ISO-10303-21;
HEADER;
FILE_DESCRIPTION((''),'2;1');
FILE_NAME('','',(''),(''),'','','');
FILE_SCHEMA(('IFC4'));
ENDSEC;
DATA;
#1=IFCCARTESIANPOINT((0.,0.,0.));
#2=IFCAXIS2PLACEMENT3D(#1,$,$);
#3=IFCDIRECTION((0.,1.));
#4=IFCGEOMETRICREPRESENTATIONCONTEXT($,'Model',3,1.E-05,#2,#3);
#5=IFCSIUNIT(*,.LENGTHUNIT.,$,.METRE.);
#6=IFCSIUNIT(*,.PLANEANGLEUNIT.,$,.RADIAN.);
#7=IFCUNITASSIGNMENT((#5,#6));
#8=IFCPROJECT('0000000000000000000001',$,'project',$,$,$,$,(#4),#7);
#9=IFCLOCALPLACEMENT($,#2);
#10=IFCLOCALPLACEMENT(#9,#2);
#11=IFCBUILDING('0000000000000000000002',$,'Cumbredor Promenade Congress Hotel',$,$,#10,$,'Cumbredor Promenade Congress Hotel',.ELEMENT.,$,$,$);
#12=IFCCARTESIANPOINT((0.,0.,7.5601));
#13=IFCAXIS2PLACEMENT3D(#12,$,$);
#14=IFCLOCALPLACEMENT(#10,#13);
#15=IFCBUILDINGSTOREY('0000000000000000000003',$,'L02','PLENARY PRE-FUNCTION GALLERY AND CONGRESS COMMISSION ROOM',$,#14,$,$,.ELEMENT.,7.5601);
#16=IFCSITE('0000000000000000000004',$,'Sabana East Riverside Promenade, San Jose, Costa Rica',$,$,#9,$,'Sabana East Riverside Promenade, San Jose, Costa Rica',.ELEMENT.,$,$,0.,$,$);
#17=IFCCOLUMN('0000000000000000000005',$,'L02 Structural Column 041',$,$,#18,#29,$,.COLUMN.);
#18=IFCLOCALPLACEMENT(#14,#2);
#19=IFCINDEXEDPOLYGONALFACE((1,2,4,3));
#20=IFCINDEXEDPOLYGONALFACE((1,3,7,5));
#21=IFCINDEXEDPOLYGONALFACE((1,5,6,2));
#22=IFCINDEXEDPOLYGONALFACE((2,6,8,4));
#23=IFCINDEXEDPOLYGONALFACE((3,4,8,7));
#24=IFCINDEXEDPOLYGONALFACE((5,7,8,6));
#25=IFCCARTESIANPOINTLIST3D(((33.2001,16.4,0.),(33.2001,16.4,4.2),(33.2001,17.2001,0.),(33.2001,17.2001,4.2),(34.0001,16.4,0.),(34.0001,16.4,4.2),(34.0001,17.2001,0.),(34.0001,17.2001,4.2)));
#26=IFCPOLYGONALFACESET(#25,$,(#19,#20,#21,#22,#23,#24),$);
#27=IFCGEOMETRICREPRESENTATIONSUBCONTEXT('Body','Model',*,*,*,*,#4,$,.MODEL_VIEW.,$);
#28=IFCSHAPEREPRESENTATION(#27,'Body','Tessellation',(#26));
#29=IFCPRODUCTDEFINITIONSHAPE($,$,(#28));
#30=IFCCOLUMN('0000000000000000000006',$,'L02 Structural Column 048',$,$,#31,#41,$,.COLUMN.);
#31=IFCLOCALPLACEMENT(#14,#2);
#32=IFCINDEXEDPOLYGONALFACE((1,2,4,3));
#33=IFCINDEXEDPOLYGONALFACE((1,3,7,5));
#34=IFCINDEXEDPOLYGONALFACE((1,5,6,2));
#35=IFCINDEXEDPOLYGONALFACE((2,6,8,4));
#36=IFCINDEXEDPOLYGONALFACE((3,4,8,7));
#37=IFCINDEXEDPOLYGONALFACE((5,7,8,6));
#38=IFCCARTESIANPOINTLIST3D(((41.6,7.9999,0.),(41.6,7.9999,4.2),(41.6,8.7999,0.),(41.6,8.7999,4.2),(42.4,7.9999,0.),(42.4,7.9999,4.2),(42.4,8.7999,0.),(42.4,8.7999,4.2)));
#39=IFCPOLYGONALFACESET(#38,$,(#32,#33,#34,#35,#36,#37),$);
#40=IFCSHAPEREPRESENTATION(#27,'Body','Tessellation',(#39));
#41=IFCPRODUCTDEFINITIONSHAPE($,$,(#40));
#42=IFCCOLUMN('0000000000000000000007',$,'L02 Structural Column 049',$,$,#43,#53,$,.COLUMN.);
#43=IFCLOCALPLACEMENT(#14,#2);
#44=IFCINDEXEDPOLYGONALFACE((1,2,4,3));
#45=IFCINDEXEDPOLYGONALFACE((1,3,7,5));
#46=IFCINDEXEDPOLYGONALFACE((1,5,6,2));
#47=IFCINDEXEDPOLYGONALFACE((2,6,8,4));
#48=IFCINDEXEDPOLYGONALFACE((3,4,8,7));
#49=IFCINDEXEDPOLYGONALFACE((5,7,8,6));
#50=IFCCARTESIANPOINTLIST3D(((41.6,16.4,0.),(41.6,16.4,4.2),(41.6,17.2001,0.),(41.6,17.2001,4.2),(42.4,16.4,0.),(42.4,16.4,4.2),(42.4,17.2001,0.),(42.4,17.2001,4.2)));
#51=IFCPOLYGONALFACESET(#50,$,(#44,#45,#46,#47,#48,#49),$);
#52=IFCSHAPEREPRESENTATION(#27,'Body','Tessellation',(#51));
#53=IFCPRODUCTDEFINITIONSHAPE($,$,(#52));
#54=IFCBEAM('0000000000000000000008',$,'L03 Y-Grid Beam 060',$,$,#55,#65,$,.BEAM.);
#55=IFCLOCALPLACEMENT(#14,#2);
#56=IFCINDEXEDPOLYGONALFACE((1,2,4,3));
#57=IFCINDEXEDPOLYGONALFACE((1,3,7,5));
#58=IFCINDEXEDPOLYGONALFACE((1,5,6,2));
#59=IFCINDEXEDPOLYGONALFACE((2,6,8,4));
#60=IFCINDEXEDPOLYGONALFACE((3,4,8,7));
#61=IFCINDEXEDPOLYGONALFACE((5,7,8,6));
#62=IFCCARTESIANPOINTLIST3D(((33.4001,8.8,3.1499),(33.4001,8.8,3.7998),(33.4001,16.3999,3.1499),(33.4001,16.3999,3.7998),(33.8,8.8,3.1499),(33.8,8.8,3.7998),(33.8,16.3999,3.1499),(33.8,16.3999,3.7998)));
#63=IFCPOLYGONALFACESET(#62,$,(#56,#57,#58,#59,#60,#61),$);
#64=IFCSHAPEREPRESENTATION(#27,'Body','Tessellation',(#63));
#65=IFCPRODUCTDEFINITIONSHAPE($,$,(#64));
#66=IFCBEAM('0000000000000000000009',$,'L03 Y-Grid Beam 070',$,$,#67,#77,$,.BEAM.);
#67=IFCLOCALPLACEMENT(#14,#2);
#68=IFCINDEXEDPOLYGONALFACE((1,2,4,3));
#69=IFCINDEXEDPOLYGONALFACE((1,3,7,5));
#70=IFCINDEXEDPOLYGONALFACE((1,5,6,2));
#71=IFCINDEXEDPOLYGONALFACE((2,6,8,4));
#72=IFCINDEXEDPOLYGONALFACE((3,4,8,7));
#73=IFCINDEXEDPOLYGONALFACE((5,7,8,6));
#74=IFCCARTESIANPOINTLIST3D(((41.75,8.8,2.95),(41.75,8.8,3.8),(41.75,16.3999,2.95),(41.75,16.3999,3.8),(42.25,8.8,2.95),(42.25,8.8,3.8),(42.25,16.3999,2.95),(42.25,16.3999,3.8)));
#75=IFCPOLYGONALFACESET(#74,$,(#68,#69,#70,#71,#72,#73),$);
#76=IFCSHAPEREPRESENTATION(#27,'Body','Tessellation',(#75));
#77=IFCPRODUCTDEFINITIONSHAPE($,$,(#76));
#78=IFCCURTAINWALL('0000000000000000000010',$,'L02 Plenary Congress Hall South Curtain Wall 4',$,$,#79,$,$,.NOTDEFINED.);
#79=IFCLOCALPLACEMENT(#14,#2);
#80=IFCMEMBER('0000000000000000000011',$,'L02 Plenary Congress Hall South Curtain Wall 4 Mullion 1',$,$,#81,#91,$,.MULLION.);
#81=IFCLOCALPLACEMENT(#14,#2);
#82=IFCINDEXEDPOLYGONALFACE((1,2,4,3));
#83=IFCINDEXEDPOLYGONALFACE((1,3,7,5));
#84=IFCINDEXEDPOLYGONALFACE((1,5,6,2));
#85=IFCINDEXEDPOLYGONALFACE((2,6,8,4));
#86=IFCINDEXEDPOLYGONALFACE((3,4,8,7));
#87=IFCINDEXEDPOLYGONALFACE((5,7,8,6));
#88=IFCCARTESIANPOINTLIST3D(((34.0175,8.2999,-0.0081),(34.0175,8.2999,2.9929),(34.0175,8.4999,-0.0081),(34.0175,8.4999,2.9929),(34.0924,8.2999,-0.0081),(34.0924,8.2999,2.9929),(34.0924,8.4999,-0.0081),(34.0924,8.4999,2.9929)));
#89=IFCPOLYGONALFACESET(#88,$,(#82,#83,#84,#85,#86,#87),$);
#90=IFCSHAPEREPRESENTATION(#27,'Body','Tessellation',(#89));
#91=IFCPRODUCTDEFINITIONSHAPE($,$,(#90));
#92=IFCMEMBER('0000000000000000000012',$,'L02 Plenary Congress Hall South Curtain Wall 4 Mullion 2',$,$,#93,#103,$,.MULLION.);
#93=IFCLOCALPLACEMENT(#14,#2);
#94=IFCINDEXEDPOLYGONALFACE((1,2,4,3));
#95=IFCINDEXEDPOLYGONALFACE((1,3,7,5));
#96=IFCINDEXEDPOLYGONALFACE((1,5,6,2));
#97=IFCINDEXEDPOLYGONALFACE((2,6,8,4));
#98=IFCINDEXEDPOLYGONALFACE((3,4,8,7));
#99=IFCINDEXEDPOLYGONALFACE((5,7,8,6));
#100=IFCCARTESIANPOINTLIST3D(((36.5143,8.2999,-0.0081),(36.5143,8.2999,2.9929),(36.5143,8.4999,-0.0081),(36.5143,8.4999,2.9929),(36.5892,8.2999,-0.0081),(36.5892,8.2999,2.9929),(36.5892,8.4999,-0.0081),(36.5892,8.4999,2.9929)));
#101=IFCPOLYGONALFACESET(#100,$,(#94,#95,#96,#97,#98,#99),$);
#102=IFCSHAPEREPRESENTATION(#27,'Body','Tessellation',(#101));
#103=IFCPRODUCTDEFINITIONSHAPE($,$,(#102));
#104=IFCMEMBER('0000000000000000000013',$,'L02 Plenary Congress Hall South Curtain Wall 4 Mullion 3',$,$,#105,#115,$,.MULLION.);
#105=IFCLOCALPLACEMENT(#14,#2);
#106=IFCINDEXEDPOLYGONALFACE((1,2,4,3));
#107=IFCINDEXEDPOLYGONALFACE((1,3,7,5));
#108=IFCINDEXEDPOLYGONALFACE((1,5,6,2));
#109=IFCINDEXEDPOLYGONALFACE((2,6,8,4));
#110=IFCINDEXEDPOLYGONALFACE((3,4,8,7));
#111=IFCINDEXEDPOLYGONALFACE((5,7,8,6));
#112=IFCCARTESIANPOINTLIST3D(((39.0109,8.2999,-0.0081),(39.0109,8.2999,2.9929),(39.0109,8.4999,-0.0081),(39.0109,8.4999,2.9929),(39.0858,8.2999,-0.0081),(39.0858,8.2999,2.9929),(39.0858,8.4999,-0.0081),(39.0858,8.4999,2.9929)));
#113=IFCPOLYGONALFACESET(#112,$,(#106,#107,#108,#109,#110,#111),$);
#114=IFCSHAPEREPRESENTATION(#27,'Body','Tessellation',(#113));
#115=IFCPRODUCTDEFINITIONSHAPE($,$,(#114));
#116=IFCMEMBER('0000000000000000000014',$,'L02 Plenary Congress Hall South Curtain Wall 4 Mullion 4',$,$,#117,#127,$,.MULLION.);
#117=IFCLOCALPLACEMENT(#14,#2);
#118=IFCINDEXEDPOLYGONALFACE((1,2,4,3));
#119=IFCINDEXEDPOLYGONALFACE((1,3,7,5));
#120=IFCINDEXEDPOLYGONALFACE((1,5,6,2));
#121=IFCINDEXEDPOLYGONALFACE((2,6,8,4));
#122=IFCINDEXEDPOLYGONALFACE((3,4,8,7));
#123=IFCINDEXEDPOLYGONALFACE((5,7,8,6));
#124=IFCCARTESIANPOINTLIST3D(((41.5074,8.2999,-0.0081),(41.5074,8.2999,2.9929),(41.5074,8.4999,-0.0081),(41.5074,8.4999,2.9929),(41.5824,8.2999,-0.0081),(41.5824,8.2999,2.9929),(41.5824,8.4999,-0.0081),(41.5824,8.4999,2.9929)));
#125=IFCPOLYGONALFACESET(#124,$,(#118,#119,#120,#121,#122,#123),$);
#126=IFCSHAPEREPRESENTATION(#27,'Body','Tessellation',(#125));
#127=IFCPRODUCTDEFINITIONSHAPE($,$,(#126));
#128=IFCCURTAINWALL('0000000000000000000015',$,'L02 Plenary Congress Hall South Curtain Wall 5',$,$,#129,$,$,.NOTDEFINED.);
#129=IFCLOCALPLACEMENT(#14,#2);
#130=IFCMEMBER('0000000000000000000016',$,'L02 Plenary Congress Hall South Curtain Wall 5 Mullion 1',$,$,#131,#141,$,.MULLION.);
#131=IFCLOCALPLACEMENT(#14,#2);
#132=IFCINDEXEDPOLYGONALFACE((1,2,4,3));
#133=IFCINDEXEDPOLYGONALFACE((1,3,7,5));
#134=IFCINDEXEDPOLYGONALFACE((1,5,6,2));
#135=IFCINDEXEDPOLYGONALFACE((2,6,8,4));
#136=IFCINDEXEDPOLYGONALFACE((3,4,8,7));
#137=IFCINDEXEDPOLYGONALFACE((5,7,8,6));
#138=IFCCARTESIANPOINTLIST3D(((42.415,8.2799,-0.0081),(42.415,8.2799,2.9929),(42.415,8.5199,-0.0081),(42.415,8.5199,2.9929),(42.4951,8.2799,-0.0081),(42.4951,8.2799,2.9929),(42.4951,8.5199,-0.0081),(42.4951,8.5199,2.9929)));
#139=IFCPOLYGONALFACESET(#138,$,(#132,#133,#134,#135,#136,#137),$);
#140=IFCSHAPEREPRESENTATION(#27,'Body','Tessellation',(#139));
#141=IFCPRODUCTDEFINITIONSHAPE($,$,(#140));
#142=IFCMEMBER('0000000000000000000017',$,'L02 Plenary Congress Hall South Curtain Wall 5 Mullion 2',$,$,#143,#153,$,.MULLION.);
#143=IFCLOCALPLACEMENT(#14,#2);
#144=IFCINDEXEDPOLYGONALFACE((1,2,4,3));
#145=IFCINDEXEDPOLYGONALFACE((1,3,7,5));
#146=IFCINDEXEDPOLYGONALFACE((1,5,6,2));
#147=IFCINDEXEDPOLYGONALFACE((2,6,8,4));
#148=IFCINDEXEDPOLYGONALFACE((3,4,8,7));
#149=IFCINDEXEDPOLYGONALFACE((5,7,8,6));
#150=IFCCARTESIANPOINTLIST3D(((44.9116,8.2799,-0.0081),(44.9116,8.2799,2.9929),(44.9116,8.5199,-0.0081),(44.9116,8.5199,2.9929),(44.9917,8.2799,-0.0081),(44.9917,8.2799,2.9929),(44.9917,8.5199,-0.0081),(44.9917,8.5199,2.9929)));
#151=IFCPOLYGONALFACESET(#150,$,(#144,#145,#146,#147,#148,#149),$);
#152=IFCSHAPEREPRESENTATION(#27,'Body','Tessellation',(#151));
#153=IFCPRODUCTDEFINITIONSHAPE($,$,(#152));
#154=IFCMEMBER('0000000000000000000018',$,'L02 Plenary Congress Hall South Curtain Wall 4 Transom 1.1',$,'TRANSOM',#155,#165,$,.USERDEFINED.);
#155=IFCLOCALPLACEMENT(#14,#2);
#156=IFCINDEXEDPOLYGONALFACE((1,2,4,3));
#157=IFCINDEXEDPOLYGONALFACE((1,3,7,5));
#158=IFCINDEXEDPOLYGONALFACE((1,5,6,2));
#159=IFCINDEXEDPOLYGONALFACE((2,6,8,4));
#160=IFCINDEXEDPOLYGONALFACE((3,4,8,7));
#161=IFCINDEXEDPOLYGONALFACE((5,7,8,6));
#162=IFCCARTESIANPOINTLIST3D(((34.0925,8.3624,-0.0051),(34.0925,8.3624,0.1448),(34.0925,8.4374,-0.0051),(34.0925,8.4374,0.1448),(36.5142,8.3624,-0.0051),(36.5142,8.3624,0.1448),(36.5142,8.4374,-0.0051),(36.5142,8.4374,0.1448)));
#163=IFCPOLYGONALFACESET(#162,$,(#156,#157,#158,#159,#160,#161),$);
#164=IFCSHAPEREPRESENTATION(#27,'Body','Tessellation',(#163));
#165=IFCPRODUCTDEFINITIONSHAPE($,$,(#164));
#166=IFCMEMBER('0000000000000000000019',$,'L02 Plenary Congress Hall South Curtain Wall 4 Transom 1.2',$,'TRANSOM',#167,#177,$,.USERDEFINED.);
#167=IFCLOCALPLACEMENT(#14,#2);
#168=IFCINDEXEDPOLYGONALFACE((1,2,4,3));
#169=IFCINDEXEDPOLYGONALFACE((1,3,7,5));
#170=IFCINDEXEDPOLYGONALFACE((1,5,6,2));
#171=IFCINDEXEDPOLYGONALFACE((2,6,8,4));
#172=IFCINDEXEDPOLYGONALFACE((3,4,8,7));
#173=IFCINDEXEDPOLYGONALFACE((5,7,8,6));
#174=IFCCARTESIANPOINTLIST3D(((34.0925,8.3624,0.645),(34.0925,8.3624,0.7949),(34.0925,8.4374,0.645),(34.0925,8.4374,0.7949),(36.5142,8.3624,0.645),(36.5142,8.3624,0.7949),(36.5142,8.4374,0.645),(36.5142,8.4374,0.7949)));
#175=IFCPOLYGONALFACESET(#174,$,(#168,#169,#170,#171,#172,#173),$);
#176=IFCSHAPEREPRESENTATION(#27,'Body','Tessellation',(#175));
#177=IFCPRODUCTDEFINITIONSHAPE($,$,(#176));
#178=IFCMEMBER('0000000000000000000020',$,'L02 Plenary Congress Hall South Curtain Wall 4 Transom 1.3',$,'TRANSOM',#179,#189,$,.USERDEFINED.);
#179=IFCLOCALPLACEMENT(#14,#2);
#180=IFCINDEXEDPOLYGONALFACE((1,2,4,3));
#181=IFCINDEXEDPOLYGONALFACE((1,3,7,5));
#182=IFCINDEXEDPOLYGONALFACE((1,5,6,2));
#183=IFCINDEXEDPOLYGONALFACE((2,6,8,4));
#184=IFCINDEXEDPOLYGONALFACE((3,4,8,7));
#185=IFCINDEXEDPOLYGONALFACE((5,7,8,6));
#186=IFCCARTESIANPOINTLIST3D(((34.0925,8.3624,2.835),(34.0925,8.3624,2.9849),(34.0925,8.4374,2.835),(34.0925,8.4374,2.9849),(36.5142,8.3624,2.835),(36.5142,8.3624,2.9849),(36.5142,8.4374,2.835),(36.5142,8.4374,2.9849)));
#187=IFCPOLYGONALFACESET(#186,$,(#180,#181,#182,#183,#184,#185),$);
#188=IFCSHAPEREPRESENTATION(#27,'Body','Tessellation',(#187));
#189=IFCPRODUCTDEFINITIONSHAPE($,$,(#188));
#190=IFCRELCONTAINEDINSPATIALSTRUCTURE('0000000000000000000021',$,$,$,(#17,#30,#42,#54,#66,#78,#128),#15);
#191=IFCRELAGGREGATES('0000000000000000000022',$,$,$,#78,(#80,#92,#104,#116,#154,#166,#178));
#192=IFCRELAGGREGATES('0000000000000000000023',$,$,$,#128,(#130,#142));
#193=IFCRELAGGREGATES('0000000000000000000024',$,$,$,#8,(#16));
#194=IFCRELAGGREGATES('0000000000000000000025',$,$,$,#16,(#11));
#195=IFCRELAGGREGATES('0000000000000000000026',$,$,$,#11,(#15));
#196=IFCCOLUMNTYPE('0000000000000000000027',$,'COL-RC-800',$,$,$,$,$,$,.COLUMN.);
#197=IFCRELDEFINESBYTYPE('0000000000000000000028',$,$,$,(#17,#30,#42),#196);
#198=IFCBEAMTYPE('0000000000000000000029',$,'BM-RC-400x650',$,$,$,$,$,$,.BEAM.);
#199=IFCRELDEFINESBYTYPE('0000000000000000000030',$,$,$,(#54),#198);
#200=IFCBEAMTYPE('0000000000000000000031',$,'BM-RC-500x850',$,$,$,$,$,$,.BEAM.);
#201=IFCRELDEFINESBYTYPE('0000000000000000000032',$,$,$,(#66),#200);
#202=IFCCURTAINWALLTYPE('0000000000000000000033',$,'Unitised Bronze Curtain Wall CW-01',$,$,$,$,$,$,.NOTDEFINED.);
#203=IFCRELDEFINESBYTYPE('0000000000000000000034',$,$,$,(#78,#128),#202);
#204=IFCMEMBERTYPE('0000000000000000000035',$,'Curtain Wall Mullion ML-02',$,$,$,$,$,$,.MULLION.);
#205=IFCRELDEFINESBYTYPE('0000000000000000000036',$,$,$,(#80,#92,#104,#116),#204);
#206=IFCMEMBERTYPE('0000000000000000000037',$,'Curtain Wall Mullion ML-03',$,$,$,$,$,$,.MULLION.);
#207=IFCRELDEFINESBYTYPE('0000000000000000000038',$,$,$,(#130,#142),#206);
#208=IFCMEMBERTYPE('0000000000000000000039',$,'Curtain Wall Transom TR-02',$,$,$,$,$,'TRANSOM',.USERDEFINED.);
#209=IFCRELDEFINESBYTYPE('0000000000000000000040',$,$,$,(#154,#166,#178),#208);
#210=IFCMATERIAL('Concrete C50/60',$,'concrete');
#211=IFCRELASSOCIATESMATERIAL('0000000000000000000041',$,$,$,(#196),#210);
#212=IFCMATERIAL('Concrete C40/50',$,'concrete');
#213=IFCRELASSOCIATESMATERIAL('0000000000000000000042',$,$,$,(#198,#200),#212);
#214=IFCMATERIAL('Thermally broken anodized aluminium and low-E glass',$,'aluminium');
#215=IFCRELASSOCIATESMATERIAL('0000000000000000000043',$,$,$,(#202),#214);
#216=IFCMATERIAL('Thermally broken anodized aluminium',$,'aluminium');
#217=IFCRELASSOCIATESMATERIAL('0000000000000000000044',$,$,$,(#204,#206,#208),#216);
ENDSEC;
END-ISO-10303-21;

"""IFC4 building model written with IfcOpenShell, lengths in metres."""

from ifc_helpers import new_model, si_unit, direction, frame, origin, origin_2d, place, context, subcontext, project, spatial, rectangle, extrude, material, material_profile, profile_set, type_object, element, aggregate, save


model = new_model("IFC4")

# Units and contexts
model_context = context("Model", 3, precision=1e-05, world=origin(), true_north=direction((0.0, 1.0)))
body_context = subcontext(model_context, "Body", "Model", "MODEL_VIEW")
ifc_project = project(units=[si_unit("LENGTHUNIT", "METRE"), si_unit("PLANEANGLEUNIT", "RADIAN")], contexts=[model_context])

# Site, building, storey
site_placement = place(None, origin())
site = spatial("IfcSite", under=ifc_project, at=site_placement, Name="Sabana East Riverside Promenade, San Jose, Costa Rica", LongName="Sabana East Riverside Promenade, San Jose, Costa Rica", CompositionType="ELEMENT", RefElevation=0.0)
building_placement = place(site_placement, origin())
building = spatial("IfcBuilding", under=site, at=building_placement, Name="Cumbredor Promenade Congress Hotel", LongName="Cumbredor Promenade Congress Hotel", CompositionType="ELEMENT")
storey_placement = place(building_placement, frame((0.0, 0.0, 7.5601)))
storey = spatial("IfcBuildingStorey", under=building, at=storey_placement, Name="L02", Description="PLENARY PRE-FUNCTION GALLERY AND CONGRESS COMMISSION ROOM", CompositionType="ELEMENT", Elevation=7.5601)

# Columns
ifc_material_1 = material(Name="Concrete C50/60", Category="concrete")
ifc_material_profile_1 = material_profile(ifc_material_1, rectangle(XDim=0.8, YDim=0.8, at=origin_2d()), Name="RC 800x800")
ifc_profile_set_1 = profile_set([ifc_material_profile_1], Name="Concrete C50/60")
column_type = type_object("IfcColumnType", Name="COL-RC-800", PredefinedType="COLUMN", material=ifc_profile_set_1)
for number, where, z_axis, x_axis, name in (
    (1, (33.6001, 16.8, 0.0), (0.0, 0.0, 1.0), (1.0, 0.0, 0.0), "L02 Structural Column 041"),
    (2, (42.0, 8.3999, 0.0), (0.0, 0.0, 1.0), (1.0, 0.0, 0.0), "L02 Structural Column 048"),
    (3, (42.0, 16.8, 0.0), (0.0, 0.0, 1.0), (1.0, 0.0, 0.0), "L02 Structural Column 049"),
):
    element("IfcColumn", number, at=place(storey_placement, frame(where, z_axis=z_axis, x_axis=x_axis)), inside=storey, type_object=column_type, Name=name, PredefinedType="COLUMN", context=body_context, shape_type="SweptSolid", body=[
        extrude(rectangle(XDim=0.8, YDim=0.8, at=origin_2d()), origin(), (0.0, 0.0, 1.0), 4.2),
    ])

# Beams
ifc_material_2 = material(Name="Concrete C40/50", Category="concrete")
ifc_material_profile_2 = material_profile(ifc_material_2, rectangle(XDim=0.3999, YDim=0.6499, at=origin_2d()), Name="RC BEAM 400x650")
ifc_profile_set_2 = profile_set([ifc_material_profile_2], Name="Concrete C40/50")
beam_type_1 = type_object("IfcBeamType", Name="BM-RC-400x650", PredefinedType="BEAM", material=ifc_profile_set_2)
beam_1_placement = place(storey_placement, frame((33.6001, 8.8, 3.4749), z_axis=(0.0, 1.0, 0.0), x_axis=(-1.0, 0.0, 0.0)))
element("IfcBeam", 4, at=beam_1_placement, inside=storey, type_object=beam_type_1, Name="L03 Y-Grid Beam 060", PredefinedType="BEAM", context=body_context, shape_type="SweptSolid", body=[
    extrude(rectangle(XDim=0.3999, YDim=0.6499, at=origin_2d()), origin(), (0.0, 0.0, 1.0), 7.5999),
])
ifc_material_profile_3 = material_profile(ifc_material_2, rectangle(XDim=0.5, YDim=0.8501, at=origin_2d()), Name="RC BEAM 500x850")
ifc_profile_set_3 = profile_set([ifc_material_profile_3], Name="Concrete C40/50")
beam_type_2 = type_object("IfcBeamType", Name="BM-RC-500x850", PredefinedType="BEAM", material=ifc_profile_set_3)
beam_2_placement = place(storey_placement, frame((42.0, 8.8, 3.375), z_axis=(0.0, 1.0, 0.0), x_axis=(-1.0, 0.0, 0.0)))
element("IfcBeam", 5, at=beam_2_placement, inside=storey, type_object=beam_type_2, Name="L03 Y-Grid Beam 070", PredefinedType="BEAM", context=body_context, shape_type="SweptSolid", body=[
    extrude(rectangle(XDim=0.5, YDim=0.8501, at=origin_2d()), origin(), (0.0, 0.0, 1.0), 7.5999),
])

# Curtain walls, members
ifc_material_3 = material(Name="Thermally broken anodized aluminium and low-E glass", Category="aluminium")
curtain_wall_type = type_object("IfcCurtainWallType", Name="Unitised Bronze Curtain Wall CW-01", PredefinedType="NOTDEFINED", material=ifc_material_3)
curtain_wall_1_placement = place(storey_placement, origin())
curtain_wall_1 = element("IfcCurtainWall", 6, at=curtain_wall_1_placement, inside=storey, type_object=curtain_wall_type, Name="L02 Plenary Congress Hall South Curtain Wall 4", PredefinedType="NOTDEFINED")
ifc_material_4 = material(Name="Thermally broken anodized aluminium", Category="aluminium")
ifc_material_profile_4 = material_profile(ifc_material_4, rectangle(XDim=0.075, YDim=0.2, at=origin_2d()), Name="ALU MULLION 75x200")
ifc_profile_set_4 = profile_set([ifc_material_profile_4], Name="Thermally broken anodized aluminium")
member_type_1 = type_object("IfcMemberType", Name="Curtain Wall Mullion ML-02", PredefinedType="MULLION", material=ifc_profile_set_4)
member_1_placement = place(storey_placement, frame((34.0549, 8.3999, -0.0081), z_axis=(0.0, 0.0, 1.0), x_axis=(1.0, 0.0, 0.0)))
member_1 = element("IfcMember", 7, at=member_1_placement, type_object=member_type_1, Name="L02 Plenary Congress Hall South Curtain Wall 4 Mullion 1", PredefinedType="MULLION", context=body_context, shape_type="SweptSolid", body=[
    extrude(rectangle(XDim=0.075, YDim=0.2, at=origin_2d()), origin(), (0.0, 0.0, 1.0), 3.001),
])
member_2_placement = place(storey_placement, frame((36.5518, 8.3999, -0.0081), z_axis=(0.0, 0.0, 1.0), x_axis=(1.0, 0.0, 0.0)))
member_2 = element("IfcMember", 8, at=member_2_placement, type_object=member_type_1, Name="L02 Plenary Congress Hall South Curtain Wall 4 Mullion 2", PredefinedType="MULLION", context=body_context, shape_type="SweptSolid", body=[
    extrude(rectangle(XDim=0.075, YDim=0.2, at=origin_2d()), origin(), (0.0, 0.0, 1.0), 3.001),
])
member_3_placement = place(storey_placement, frame((39.0483, 8.3999, -0.0081), z_axis=(0.0, 0.0, 1.0), x_axis=(1.0, 0.0, 0.0)))
member_3 = element("IfcMember", 9, at=member_3_placement, type_object=member_type_1, Name="L02 Plenary Congress Hall South Curtain Wall 4 Mullion 3", PredefinedType="MULLION", context=body_context, shape_type="SweptSolid", body=[
    extrude(rectangle(XDim=0.075, YDim=0.2, at=origin_2d()), origin(), (0.0, 0.0, 1.0), 3.001),
])
member_4_placement = place(storey_placement, frame((41.5449, 8.3999, -0.0081), z_axis=(0.0, 0.0, 1.0), x_axis=(1.0, 0.0, 0.0)))
member_4 = element("IfcMember", 10, at=member_4_placement, type_object=member_type_1, Name="L02 Plenary Congress Hall South Curtain Wall 4 Mullion 4", PredefinedType="MULLION", context=body_context, shape_type="SweptSolid", body=[
    extrude(rectangle(XDim=0.075, YDim=0.2, at=origin_2d()), origin(), (0.0, 0.0, 1.0), 3.001),
])
curtain_wall_2_placement = place(storey_placement, origin())
curtain_wall_2 = element("IfcCurtainWall", 11, at=curtain_wall_2_placement, inside=storey, type_object=curtain_wall_type, Name="L02 Plenary Congress Hall South Curtain Wall 5", PredefinedType="NOTDEFINED")
ifc_material_profile_5 = material_profile(ifc_material_4, rectangle(XDim=0.0801, YDim=0.24, at=origin_2d()), Name="ALU MULLION 80x240")
ifc_profile_set_5 = profile_set([ifc_material_profile_5], Name="Thermally broken anodized aluminium")
member_type_2 = type_object("IfcMemberType", Name="Curtain Wall Mullion ML-03", PredefinedType="MULLION", material=ifc_profile_set_5)
member_5_placement = place(storey_placement, frame((42.4551, 8.3999, -0.0081), z_axis=(0.0, 0.0, 1.0), x_axis=(1.0, 0.0, 0.0)))
member_5 = element("IfcMember", 12, at=member_5_placement, type_object=member_type_2, Name="L02 Plenary Congress Hall South Curtain Wall 5 Mullion 1", PredefinedType="MULLION", context=body_context, shape_type="SweptSolid", body=[
    extrude(rectangle(XDim=0.0801, YDim=0.24, at=origin_2d()), origin(), (0.0, 0.0, 1.0), 3.001),
])
member_6_placement = place(storey_placement, frame((44.9517, 8.3999, -0.0081), z_axis=(0.0, 0.0, 1.0), x_axis=(1.0, 0.0, 0.0)))
member_6 = element("IfcMember", 13, at=member_6_placement, type_object=member_type_2, Name="L02 Plenary Congress Hall South Curtain Wall 5 Mullion 2", PredefinedType="MULLION", context=body_context, shape_type="SweptSolid", body=[
    extrude(rectangle(XDim=0.0801, YDim=0.24, at=origin_2d()), origin(), (0.0, 0.0, 1.0), 3.001),
])

# Members
ifc_material_profile_6 = material_profile(ifc_material_4, rectangle(XDim=0.075, YDim=0.1499, at=origin_2d()), Name="ALU TRANSOM 75x150")
ifc_profile_set_6 = profile_set([ifc_material_profile_6], Name="Thermally broken anodized aluminium")
member_type_3 = type_object("IfcMemberType", Name="Curtain Wall Transom TR-02", ElementType="TRANSOM", PredefinedType="USERDEFINED", material=ifc_profile_set_6)
member_7_placement = place(storey_placement, frame((34.0925, 8.3999, 0.0698), z_axis=(1.0, 0.0, 0.0), x_axis=(0.0, 1.0, 0.0)))
member_7 = element("IfcMember", 14, at=member_7_placement, type_object=member_type_3, Name="L02 Plenary Congress Hall South Curtain Wall 4 Transom 1.1", ObjectType="TRANSOM", PredefinedType="USERDEFINED", context=body_context, shape_type="SweptSolid", body=[
    extrude(rectangle(XDim=0.075, YDim=0.1499, at=origin_2d()), origin(), (0.0, 0.0, 1.0), 2.4216),
])
member_8_placement = place(storey_placement, frame((34.0925, 8.3999, 0.72), z_axis=(1.0, 0.0, 0.0), x_axis=(0.0, 1.0, 0.0)))
member_8 = element("IfcMember", 15, at=member_8_placement, type_object=member_type_3, Name="L02 Plenary Congress Hall South Curtain Wall 4 Transom 1.2", ObjectType="TRANSOM", PredefinedType="USERDEFINED", context=body_context, shape_type="SweptSolid", body=[
    extrude(rectangle(XDim=0.075, YDim=0.1499, at=origin_2d()), origin(), (0.0, 0.0, 1.0), 2.4216),
])
member_9_placement = place(storey_placement, frame((34.0925, 8.3999, 2.9099), z_axis=(1.0, 0.0, 0.0), x_axis=(0.0, 1.0, 0.0)))
member_9 = element("IfcMember", 16, at=member_9_placement, type_object=member_type_3, Name="L02 Plenary Congress Hall South Curtain Wall 4 Transom 1.3", ObjectType="TRANSOM", PredefinedType="USERDEFINED", context=body_context, shape_type="SweptSolid", body=[
    extrude(rectangle(XDim=0.075, YDim=0.1499, at=origin_2d()), origin(), (0.0, 0.0, 1.0), 2.4216),
])

aggregate(curtain_wall_1, [member_1, member_2, member_3, member_4, member_7, member_8, member_9])
aggregate(curtain_wall_2, [member_5, member_6])

save(model, "model.ifc")
